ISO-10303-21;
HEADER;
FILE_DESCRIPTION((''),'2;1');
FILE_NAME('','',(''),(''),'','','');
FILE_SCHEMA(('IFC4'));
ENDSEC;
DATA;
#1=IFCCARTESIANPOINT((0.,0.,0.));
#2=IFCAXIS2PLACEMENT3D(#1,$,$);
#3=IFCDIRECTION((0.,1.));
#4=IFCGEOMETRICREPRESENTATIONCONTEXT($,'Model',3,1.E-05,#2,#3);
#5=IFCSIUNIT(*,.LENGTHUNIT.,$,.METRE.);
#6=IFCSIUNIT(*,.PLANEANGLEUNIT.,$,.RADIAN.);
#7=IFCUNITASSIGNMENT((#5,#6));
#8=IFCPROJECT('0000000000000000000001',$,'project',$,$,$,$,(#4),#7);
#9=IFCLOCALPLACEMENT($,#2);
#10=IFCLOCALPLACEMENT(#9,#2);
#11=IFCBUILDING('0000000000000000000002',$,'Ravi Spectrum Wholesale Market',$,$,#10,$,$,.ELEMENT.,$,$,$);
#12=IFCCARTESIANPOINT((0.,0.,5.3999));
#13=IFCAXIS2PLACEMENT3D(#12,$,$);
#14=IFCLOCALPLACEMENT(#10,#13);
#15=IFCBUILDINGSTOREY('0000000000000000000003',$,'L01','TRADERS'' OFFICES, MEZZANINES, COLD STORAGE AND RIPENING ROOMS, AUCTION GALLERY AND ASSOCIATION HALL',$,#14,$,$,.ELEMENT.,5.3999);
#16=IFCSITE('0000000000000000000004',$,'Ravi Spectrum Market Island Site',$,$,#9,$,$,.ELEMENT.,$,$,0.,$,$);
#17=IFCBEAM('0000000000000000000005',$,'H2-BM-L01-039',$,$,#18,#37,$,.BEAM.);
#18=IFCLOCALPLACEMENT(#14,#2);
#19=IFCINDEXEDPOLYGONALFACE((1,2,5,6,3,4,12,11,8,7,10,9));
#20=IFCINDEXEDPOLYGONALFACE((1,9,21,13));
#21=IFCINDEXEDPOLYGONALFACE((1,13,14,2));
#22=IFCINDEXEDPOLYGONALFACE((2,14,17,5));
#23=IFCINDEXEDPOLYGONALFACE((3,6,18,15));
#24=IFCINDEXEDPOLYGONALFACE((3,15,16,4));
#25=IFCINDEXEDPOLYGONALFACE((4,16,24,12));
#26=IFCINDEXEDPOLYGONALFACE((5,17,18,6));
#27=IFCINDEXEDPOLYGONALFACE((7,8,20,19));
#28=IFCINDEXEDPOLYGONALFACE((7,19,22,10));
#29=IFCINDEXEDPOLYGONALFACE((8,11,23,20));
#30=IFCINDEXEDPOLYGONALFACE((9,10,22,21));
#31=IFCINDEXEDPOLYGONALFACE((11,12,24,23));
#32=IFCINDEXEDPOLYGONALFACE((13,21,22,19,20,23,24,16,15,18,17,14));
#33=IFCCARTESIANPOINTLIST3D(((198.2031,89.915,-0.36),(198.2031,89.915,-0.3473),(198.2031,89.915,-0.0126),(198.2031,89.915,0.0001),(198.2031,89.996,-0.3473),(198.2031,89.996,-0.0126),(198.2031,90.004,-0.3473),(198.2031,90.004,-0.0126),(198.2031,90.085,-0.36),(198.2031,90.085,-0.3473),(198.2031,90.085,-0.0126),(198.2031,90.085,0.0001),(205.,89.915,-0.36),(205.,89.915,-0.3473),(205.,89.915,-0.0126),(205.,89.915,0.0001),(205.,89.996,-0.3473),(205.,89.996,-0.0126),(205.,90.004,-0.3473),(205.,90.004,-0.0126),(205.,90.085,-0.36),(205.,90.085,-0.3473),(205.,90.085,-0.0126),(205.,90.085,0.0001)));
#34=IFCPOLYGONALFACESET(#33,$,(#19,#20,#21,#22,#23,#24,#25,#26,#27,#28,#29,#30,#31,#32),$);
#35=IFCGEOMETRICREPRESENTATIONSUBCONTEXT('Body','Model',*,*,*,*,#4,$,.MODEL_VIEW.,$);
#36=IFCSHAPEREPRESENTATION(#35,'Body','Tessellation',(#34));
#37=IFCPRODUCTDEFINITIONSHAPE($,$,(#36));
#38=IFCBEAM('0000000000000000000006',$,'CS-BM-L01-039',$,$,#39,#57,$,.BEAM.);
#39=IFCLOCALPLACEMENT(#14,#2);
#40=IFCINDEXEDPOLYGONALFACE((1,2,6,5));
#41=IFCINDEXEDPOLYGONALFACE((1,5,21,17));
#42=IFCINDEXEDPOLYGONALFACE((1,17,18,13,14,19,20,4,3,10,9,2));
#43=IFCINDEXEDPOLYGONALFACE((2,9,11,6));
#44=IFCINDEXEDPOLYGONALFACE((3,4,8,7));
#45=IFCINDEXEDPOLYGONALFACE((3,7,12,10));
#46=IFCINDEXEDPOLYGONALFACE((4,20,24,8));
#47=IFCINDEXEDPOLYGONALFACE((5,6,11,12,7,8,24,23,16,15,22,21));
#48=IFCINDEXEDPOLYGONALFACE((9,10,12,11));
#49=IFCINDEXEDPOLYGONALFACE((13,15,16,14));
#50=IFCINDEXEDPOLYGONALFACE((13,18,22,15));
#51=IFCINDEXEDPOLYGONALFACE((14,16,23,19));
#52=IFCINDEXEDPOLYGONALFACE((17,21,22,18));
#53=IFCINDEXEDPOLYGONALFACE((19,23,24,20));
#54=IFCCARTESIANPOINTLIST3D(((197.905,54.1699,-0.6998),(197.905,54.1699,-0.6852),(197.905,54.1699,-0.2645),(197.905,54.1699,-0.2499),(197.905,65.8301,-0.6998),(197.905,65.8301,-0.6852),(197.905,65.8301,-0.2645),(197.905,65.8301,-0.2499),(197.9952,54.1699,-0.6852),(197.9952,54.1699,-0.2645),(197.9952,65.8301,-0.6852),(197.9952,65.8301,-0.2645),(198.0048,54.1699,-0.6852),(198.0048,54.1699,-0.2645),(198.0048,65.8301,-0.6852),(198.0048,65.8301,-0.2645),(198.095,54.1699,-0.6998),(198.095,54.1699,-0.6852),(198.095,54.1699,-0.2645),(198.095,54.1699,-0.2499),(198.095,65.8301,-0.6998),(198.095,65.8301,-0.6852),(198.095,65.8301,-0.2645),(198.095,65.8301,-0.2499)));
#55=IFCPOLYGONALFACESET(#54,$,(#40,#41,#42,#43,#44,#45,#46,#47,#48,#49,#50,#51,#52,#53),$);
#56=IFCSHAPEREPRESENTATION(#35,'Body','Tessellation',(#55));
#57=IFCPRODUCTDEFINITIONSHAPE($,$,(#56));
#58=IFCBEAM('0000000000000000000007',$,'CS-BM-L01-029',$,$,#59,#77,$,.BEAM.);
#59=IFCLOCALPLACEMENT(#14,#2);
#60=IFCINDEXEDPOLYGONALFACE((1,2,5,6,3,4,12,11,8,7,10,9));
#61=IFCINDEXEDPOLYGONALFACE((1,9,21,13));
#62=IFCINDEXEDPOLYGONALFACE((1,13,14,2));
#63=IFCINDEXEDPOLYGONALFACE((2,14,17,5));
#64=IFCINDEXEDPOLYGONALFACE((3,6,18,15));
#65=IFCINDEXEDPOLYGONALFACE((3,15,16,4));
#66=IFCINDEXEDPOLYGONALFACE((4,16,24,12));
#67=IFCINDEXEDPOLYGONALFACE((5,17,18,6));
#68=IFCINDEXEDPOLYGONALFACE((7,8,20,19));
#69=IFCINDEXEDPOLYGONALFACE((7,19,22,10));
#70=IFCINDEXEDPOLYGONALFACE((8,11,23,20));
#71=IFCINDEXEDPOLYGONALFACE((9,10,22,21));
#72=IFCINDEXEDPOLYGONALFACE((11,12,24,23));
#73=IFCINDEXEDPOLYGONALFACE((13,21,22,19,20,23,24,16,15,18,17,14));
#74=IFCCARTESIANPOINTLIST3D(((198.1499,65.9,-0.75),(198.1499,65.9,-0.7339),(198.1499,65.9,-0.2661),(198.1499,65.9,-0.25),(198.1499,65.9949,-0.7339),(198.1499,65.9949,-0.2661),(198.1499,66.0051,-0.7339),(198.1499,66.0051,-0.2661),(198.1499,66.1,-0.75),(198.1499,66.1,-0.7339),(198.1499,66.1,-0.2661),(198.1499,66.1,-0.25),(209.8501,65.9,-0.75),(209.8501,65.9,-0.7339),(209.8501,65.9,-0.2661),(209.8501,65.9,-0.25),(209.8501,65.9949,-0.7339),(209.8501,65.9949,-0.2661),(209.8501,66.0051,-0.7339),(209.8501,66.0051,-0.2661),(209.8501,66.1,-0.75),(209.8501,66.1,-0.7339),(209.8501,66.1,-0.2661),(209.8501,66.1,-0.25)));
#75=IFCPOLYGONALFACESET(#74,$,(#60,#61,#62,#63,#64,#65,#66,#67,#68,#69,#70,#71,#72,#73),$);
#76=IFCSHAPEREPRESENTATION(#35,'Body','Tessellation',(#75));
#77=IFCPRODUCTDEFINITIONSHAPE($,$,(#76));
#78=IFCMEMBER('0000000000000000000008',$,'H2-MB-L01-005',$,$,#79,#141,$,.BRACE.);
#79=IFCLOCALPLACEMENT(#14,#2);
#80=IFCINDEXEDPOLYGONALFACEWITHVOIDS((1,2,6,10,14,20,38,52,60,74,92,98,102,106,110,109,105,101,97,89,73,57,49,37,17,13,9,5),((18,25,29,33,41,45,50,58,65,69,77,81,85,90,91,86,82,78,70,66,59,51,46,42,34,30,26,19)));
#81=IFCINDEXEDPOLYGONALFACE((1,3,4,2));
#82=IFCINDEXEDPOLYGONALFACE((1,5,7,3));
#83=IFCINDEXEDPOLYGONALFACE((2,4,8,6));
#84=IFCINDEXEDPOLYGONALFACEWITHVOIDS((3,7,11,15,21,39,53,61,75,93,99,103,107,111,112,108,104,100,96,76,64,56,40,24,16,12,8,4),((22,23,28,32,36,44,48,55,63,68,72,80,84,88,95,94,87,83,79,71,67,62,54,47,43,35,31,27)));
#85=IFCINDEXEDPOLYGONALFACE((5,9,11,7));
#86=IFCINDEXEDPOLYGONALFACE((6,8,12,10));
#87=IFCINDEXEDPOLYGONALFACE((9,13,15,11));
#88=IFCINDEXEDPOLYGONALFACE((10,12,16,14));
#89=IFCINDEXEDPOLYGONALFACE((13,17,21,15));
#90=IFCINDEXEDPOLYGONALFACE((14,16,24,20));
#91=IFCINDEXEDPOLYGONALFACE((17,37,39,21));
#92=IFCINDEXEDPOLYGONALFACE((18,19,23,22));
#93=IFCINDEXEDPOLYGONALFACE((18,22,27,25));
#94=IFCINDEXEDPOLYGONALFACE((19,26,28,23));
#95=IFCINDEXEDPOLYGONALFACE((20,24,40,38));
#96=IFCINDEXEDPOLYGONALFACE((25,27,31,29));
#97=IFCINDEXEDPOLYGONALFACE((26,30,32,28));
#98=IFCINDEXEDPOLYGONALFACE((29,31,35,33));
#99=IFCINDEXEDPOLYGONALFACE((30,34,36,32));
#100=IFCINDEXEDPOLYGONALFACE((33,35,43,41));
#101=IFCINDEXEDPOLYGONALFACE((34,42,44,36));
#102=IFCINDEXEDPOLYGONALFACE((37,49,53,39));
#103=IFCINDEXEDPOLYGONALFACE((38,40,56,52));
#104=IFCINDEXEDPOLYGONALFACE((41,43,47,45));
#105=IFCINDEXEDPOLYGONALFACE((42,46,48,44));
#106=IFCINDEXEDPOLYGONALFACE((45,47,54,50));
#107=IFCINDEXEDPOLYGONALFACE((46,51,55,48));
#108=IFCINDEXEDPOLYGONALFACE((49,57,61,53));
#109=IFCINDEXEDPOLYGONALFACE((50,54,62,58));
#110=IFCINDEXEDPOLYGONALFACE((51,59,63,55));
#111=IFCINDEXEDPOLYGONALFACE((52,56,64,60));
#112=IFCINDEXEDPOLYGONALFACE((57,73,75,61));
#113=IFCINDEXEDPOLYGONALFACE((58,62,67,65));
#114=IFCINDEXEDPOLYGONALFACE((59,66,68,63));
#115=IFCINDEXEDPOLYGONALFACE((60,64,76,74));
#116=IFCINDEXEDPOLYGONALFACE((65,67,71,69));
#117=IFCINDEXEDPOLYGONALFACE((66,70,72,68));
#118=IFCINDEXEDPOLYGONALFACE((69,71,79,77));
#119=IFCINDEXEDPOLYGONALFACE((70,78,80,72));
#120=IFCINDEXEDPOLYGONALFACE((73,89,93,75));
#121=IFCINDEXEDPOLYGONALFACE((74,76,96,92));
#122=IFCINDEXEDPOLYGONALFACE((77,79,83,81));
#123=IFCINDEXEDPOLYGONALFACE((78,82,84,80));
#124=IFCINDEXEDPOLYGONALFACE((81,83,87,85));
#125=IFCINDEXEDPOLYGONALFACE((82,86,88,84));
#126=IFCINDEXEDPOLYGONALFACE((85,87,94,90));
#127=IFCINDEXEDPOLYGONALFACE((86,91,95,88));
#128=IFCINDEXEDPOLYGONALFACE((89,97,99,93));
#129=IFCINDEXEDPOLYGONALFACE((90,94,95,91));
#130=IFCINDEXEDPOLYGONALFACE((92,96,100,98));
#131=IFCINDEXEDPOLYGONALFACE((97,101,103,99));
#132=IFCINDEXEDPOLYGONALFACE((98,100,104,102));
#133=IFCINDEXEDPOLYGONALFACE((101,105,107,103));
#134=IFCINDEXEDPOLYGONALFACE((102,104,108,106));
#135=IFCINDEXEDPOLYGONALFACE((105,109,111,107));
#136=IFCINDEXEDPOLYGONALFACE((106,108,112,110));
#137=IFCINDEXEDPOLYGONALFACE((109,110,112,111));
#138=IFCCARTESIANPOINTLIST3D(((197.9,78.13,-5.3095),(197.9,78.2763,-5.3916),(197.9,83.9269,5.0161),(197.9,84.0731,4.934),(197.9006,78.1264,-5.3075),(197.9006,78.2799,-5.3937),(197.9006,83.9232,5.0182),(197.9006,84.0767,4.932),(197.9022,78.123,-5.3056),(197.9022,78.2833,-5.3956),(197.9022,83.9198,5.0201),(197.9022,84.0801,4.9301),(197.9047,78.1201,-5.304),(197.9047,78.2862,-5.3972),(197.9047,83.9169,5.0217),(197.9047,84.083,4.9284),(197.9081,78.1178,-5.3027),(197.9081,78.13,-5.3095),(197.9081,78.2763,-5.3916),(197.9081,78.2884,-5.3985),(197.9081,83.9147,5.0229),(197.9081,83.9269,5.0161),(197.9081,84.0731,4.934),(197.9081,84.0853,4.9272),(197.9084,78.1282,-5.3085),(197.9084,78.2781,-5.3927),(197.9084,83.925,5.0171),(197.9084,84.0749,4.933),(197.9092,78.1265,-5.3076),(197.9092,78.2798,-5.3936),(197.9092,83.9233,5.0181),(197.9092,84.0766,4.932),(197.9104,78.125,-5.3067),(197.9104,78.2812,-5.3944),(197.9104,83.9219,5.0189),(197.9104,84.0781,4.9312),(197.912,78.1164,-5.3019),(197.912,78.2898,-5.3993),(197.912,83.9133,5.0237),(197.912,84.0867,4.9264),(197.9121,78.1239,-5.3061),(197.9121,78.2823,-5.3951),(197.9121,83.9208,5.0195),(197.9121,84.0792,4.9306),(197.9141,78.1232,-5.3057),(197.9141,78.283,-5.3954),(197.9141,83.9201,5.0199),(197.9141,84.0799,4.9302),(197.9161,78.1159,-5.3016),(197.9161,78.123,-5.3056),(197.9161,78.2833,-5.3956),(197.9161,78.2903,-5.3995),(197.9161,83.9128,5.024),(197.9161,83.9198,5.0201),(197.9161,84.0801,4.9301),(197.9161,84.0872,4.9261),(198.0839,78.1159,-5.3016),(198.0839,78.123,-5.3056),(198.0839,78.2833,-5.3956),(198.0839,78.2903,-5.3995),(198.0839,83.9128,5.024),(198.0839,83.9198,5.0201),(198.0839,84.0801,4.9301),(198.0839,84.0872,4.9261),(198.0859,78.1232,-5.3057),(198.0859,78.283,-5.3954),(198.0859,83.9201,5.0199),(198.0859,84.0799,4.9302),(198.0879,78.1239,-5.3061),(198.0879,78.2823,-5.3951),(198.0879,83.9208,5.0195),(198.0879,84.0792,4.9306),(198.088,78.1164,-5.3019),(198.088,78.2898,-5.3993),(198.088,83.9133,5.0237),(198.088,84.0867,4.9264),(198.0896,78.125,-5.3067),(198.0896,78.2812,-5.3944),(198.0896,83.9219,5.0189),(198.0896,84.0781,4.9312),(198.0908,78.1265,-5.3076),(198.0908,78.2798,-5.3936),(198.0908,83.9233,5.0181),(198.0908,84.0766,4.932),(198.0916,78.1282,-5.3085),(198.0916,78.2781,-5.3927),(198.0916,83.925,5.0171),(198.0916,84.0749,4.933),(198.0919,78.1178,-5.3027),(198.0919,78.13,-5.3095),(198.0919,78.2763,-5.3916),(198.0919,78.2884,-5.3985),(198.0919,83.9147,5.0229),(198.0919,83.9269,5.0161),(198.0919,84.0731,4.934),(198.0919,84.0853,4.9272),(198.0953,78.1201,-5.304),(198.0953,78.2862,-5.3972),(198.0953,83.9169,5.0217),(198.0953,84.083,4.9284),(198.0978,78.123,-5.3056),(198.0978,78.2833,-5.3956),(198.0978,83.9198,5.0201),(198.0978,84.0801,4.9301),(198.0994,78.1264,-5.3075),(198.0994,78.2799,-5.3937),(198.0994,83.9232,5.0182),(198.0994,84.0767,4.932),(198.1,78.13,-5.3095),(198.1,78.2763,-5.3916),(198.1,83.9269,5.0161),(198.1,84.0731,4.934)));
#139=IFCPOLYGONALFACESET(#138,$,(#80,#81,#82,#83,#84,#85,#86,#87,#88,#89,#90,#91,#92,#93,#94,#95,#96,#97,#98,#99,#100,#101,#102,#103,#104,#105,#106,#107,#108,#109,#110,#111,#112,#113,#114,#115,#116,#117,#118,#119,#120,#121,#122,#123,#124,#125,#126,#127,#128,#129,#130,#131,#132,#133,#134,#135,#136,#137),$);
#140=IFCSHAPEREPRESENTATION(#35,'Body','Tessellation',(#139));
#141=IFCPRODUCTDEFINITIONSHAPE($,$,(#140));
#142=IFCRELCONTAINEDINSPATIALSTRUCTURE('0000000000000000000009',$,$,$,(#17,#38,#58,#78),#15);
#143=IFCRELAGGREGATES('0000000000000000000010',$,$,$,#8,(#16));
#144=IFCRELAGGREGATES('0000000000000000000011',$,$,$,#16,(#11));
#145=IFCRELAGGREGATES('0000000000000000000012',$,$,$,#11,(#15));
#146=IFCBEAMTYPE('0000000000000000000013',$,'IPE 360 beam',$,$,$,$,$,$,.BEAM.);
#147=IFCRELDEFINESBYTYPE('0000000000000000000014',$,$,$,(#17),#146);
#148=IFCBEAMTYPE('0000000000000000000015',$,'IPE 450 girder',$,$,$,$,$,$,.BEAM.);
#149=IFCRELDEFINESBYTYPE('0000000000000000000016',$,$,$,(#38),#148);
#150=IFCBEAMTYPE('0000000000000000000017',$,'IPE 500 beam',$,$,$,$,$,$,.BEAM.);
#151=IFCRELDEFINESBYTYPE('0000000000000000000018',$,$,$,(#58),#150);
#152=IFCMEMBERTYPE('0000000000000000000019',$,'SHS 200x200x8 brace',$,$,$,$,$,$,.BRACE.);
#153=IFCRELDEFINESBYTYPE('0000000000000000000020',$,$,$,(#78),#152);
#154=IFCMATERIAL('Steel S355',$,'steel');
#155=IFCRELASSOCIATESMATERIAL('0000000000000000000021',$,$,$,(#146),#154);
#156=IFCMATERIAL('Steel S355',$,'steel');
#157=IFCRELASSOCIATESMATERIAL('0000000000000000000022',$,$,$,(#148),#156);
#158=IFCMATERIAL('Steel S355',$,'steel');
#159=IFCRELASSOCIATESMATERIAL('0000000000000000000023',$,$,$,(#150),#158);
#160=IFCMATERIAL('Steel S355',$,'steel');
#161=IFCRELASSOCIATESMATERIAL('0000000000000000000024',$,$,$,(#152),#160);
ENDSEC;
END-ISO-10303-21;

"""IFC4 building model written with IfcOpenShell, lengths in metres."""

from ifc_helpers import new_model, si_unit, direction, frame, origin, origin_2d, place, context, subcontext, project, spatial, hollow_rectangle, i_section, extrude, material, material_profile, profile_set, type_object, element, save


model = new_model("IFC4")

# Units and contexts
model_context = context("Model", 3, precision=1e-05, world=origin(), true_north=direction((0.0, 1.0)))
body_context = subcontext(model_context, "Body", "Model", "MODEL_VIEW")
ifc_project = project(units=[si_unit("LENGTHUNIT", "METRE"), si_unit("PLANEANGLEUNIT", "RADIAN")], contexts=[model_context])

# Site, building, storey
site_placement = place(None, origin())
site = spatial("IfcSite", under=ifc_project, at=site_placement, Name="Ravi Spectrum Market Island Site", CompositionType="ELEMENT", RefElevation=0.0)
building_placement = place(site_placement, origin())
building = spatial("IfcBuilding", under=site, at=building_placement, Name="Ravi Spectrum Wholesale Market", CompositionType="ELEMENT")
storey_placement = place(building_placement, frame((0.0, 0.0, 5.3999)))
storey = spatial("IfcBuildingStorey", under=building, at=storey_placement, Name="L01", Description="TRADERS' OFFICES, MEZZANINES, COLD STORAGE AND RIPENING ROOMS, AUCTION GALLERY AND ASSOCIATION HALL", CompositionType="ELEMENT", Elevation=5.3999)

# Beams
ifc_material_1 = material(Name="Steel S355", Category="steel")
ifc_material_profile_1 = material_profile(ifc_material_1, i_section(OverallWidth=0.1699, OverallDepth=0.3601, WebThickness=0.0081, FlangeThickness=0.0127, at=origin_2d()))
ifc_profile_set_1 = profile_set([ifc_material_profile_1], Name="Steel S355")
beam_type_1 = type_object("IfcBeamType", Name="IPE 360 beam", PredefinedType="BEAM", material=ifc_profile_set_1)
for number, where, z_axis, x_axis, name in (
    (1, (198.2031, 90.0, -0.1799), (1.0, 0.0, 0.0), (0.0, 1.0, 0.0), "H2-BM-L01-039"),
):
    element("IfcBeam", number, at=place(storey_placement, frame(where, z_axis=z_axis, x_axis=x_axis)), inside=storey, type_object=beam_type_1, Name=name, PredefinedType="BEAM", context=body_context, shape_type="SweptSolid", body=[
        extrude(i_section(OverallWidth=0.1699, OverallDepth=0.3601, WebThickness=0.0081, FlangeThickness=0.0127, at=origin_2d()), origin(), (0.0, 0.0, 1.0), 6.7969),
    ])
ifc_material_2 = material(Name="Steel S355", Category="steel")
ifc_material_profile_2 = material_profile(ifc_material_2, i_section(OverallWidth=0.1899, OverallDepth=0.45, WebThickness=0.0095, FlangeThickness=0.0146, at=origin_2d()))
ifc_profile_set_2 = profile_set([ifc_material_profile_2], Name="Steel S355")
beam_type_2 = type_object("IfcBeamType", Name="IPE 450 girder", PredefinedType="BEAM", material=ifc_profile_set_2)
beam_1_placement = place(storey_placement, frame((198.0, 54.1699, -0.4749), z_axis=(0.0, 1.0, 0.0), x_axis=(-1.0, 0.0, 0.0)))
element("IfcBeam", 2, at=beam_1_placement, inside=storey, type_object=beam_type_2, Name="CS-BM-L01-039", PredefinedType="BEAM", context=body_context, shape_type="SweptSolid", body=[
    extrude(i_section(OverallWidth=0.1899, OverallDepth=0.45, WebThickness=0.0095, FlangeThickness=0.0146, at=origin_2d()), origin(), (0.0, 0.0, 1.0), 11.6602),
])
ifc_material_3 = material(Name="Steel S355", Category="steel")
ifc_material_profile_3 = material_profile(ifc_material_3, i_section(OverallWidth=0.2, OverallDepth=0.5, WebThickness=0.0103, FlangeThickness=0.0161, at=origin_2d()))
ifc_profile_set_3 = profile_set([ifc_material_profile_3], Name="Steel S355")
beam_type_3 = type_object("IfcBeamType", Name="IPE 500 beam", PredefinedType="BEAM", material=ifc_profile_set_3)
beam_2_placement = place(storey_placement, frame((198.1499, 66.0, -0.5), z_axis=(1.0, 0.0, 0.0), x_axis=(0.0, 1.0, 0.0)))
element("IfcBeam", 3, at=beam_2_placement, inside=storey, type_object=beam_type_3, Name="CS-BM-L01-029", PredefinedType="BEAM", context=body_context, shape_type="SweptSolid", body=[
    extrude(i_section(OverallWidth=0.2, OverallDepth=0.5, WebThickness=0.0103, FlangeThickness=0.0161, at=origin_2d()), origin(), (0.0, 0.0, 1.0), 11.7002),
])

# Member
ifc_material_4 = material(Name="Steel S355", Category="steel")
ifc_material_profile_4 = material_profile(ifc_material_4, hollow_rectangle(XDim=0.2, YDim=0.2, WallThickness=0.0081, InnerFilletRadius=0.0081, OuterFilletRadius=0.0161, at=origin_2d()))
ifc_profile_set_4 = profile_set([ifc_material_profile_4], Name="Steel S355")
member_type_1 = type_object("IfcMemberType", Name="SHS 200x200x8 brace", PredefinedType="BRACE", material=ifc_profile_set_4)
for number, where, z_axis, x_axis, name in (
    (4, (198.0, 78.2031, -5.3506), (0.0, 0.489535, 0.871984), (-1.0, 0.0, 0.0), "H2-MB-L01-005"),
):
    element("IfcMember", number, at=place(storey_placement, frame(where, z_axis=z_axis, x_axis=x_axis)), inside=storey, type_object=member_type_1, Name=name, PredefinedType="BRACE", context=body_context, shape_type="SweptSolid", body=[
        extrude(hollow_rectangle(XDim=0.2, YDim=0.2, WallThickness=0.0081, InnerFilletRadius=0.0081, OuterFilletRadius=0.0161, at=origin_2d()), origin(), (0.0, 0.0, 1.0), 11.8416),
    ])

save(model, "model.ifc")
